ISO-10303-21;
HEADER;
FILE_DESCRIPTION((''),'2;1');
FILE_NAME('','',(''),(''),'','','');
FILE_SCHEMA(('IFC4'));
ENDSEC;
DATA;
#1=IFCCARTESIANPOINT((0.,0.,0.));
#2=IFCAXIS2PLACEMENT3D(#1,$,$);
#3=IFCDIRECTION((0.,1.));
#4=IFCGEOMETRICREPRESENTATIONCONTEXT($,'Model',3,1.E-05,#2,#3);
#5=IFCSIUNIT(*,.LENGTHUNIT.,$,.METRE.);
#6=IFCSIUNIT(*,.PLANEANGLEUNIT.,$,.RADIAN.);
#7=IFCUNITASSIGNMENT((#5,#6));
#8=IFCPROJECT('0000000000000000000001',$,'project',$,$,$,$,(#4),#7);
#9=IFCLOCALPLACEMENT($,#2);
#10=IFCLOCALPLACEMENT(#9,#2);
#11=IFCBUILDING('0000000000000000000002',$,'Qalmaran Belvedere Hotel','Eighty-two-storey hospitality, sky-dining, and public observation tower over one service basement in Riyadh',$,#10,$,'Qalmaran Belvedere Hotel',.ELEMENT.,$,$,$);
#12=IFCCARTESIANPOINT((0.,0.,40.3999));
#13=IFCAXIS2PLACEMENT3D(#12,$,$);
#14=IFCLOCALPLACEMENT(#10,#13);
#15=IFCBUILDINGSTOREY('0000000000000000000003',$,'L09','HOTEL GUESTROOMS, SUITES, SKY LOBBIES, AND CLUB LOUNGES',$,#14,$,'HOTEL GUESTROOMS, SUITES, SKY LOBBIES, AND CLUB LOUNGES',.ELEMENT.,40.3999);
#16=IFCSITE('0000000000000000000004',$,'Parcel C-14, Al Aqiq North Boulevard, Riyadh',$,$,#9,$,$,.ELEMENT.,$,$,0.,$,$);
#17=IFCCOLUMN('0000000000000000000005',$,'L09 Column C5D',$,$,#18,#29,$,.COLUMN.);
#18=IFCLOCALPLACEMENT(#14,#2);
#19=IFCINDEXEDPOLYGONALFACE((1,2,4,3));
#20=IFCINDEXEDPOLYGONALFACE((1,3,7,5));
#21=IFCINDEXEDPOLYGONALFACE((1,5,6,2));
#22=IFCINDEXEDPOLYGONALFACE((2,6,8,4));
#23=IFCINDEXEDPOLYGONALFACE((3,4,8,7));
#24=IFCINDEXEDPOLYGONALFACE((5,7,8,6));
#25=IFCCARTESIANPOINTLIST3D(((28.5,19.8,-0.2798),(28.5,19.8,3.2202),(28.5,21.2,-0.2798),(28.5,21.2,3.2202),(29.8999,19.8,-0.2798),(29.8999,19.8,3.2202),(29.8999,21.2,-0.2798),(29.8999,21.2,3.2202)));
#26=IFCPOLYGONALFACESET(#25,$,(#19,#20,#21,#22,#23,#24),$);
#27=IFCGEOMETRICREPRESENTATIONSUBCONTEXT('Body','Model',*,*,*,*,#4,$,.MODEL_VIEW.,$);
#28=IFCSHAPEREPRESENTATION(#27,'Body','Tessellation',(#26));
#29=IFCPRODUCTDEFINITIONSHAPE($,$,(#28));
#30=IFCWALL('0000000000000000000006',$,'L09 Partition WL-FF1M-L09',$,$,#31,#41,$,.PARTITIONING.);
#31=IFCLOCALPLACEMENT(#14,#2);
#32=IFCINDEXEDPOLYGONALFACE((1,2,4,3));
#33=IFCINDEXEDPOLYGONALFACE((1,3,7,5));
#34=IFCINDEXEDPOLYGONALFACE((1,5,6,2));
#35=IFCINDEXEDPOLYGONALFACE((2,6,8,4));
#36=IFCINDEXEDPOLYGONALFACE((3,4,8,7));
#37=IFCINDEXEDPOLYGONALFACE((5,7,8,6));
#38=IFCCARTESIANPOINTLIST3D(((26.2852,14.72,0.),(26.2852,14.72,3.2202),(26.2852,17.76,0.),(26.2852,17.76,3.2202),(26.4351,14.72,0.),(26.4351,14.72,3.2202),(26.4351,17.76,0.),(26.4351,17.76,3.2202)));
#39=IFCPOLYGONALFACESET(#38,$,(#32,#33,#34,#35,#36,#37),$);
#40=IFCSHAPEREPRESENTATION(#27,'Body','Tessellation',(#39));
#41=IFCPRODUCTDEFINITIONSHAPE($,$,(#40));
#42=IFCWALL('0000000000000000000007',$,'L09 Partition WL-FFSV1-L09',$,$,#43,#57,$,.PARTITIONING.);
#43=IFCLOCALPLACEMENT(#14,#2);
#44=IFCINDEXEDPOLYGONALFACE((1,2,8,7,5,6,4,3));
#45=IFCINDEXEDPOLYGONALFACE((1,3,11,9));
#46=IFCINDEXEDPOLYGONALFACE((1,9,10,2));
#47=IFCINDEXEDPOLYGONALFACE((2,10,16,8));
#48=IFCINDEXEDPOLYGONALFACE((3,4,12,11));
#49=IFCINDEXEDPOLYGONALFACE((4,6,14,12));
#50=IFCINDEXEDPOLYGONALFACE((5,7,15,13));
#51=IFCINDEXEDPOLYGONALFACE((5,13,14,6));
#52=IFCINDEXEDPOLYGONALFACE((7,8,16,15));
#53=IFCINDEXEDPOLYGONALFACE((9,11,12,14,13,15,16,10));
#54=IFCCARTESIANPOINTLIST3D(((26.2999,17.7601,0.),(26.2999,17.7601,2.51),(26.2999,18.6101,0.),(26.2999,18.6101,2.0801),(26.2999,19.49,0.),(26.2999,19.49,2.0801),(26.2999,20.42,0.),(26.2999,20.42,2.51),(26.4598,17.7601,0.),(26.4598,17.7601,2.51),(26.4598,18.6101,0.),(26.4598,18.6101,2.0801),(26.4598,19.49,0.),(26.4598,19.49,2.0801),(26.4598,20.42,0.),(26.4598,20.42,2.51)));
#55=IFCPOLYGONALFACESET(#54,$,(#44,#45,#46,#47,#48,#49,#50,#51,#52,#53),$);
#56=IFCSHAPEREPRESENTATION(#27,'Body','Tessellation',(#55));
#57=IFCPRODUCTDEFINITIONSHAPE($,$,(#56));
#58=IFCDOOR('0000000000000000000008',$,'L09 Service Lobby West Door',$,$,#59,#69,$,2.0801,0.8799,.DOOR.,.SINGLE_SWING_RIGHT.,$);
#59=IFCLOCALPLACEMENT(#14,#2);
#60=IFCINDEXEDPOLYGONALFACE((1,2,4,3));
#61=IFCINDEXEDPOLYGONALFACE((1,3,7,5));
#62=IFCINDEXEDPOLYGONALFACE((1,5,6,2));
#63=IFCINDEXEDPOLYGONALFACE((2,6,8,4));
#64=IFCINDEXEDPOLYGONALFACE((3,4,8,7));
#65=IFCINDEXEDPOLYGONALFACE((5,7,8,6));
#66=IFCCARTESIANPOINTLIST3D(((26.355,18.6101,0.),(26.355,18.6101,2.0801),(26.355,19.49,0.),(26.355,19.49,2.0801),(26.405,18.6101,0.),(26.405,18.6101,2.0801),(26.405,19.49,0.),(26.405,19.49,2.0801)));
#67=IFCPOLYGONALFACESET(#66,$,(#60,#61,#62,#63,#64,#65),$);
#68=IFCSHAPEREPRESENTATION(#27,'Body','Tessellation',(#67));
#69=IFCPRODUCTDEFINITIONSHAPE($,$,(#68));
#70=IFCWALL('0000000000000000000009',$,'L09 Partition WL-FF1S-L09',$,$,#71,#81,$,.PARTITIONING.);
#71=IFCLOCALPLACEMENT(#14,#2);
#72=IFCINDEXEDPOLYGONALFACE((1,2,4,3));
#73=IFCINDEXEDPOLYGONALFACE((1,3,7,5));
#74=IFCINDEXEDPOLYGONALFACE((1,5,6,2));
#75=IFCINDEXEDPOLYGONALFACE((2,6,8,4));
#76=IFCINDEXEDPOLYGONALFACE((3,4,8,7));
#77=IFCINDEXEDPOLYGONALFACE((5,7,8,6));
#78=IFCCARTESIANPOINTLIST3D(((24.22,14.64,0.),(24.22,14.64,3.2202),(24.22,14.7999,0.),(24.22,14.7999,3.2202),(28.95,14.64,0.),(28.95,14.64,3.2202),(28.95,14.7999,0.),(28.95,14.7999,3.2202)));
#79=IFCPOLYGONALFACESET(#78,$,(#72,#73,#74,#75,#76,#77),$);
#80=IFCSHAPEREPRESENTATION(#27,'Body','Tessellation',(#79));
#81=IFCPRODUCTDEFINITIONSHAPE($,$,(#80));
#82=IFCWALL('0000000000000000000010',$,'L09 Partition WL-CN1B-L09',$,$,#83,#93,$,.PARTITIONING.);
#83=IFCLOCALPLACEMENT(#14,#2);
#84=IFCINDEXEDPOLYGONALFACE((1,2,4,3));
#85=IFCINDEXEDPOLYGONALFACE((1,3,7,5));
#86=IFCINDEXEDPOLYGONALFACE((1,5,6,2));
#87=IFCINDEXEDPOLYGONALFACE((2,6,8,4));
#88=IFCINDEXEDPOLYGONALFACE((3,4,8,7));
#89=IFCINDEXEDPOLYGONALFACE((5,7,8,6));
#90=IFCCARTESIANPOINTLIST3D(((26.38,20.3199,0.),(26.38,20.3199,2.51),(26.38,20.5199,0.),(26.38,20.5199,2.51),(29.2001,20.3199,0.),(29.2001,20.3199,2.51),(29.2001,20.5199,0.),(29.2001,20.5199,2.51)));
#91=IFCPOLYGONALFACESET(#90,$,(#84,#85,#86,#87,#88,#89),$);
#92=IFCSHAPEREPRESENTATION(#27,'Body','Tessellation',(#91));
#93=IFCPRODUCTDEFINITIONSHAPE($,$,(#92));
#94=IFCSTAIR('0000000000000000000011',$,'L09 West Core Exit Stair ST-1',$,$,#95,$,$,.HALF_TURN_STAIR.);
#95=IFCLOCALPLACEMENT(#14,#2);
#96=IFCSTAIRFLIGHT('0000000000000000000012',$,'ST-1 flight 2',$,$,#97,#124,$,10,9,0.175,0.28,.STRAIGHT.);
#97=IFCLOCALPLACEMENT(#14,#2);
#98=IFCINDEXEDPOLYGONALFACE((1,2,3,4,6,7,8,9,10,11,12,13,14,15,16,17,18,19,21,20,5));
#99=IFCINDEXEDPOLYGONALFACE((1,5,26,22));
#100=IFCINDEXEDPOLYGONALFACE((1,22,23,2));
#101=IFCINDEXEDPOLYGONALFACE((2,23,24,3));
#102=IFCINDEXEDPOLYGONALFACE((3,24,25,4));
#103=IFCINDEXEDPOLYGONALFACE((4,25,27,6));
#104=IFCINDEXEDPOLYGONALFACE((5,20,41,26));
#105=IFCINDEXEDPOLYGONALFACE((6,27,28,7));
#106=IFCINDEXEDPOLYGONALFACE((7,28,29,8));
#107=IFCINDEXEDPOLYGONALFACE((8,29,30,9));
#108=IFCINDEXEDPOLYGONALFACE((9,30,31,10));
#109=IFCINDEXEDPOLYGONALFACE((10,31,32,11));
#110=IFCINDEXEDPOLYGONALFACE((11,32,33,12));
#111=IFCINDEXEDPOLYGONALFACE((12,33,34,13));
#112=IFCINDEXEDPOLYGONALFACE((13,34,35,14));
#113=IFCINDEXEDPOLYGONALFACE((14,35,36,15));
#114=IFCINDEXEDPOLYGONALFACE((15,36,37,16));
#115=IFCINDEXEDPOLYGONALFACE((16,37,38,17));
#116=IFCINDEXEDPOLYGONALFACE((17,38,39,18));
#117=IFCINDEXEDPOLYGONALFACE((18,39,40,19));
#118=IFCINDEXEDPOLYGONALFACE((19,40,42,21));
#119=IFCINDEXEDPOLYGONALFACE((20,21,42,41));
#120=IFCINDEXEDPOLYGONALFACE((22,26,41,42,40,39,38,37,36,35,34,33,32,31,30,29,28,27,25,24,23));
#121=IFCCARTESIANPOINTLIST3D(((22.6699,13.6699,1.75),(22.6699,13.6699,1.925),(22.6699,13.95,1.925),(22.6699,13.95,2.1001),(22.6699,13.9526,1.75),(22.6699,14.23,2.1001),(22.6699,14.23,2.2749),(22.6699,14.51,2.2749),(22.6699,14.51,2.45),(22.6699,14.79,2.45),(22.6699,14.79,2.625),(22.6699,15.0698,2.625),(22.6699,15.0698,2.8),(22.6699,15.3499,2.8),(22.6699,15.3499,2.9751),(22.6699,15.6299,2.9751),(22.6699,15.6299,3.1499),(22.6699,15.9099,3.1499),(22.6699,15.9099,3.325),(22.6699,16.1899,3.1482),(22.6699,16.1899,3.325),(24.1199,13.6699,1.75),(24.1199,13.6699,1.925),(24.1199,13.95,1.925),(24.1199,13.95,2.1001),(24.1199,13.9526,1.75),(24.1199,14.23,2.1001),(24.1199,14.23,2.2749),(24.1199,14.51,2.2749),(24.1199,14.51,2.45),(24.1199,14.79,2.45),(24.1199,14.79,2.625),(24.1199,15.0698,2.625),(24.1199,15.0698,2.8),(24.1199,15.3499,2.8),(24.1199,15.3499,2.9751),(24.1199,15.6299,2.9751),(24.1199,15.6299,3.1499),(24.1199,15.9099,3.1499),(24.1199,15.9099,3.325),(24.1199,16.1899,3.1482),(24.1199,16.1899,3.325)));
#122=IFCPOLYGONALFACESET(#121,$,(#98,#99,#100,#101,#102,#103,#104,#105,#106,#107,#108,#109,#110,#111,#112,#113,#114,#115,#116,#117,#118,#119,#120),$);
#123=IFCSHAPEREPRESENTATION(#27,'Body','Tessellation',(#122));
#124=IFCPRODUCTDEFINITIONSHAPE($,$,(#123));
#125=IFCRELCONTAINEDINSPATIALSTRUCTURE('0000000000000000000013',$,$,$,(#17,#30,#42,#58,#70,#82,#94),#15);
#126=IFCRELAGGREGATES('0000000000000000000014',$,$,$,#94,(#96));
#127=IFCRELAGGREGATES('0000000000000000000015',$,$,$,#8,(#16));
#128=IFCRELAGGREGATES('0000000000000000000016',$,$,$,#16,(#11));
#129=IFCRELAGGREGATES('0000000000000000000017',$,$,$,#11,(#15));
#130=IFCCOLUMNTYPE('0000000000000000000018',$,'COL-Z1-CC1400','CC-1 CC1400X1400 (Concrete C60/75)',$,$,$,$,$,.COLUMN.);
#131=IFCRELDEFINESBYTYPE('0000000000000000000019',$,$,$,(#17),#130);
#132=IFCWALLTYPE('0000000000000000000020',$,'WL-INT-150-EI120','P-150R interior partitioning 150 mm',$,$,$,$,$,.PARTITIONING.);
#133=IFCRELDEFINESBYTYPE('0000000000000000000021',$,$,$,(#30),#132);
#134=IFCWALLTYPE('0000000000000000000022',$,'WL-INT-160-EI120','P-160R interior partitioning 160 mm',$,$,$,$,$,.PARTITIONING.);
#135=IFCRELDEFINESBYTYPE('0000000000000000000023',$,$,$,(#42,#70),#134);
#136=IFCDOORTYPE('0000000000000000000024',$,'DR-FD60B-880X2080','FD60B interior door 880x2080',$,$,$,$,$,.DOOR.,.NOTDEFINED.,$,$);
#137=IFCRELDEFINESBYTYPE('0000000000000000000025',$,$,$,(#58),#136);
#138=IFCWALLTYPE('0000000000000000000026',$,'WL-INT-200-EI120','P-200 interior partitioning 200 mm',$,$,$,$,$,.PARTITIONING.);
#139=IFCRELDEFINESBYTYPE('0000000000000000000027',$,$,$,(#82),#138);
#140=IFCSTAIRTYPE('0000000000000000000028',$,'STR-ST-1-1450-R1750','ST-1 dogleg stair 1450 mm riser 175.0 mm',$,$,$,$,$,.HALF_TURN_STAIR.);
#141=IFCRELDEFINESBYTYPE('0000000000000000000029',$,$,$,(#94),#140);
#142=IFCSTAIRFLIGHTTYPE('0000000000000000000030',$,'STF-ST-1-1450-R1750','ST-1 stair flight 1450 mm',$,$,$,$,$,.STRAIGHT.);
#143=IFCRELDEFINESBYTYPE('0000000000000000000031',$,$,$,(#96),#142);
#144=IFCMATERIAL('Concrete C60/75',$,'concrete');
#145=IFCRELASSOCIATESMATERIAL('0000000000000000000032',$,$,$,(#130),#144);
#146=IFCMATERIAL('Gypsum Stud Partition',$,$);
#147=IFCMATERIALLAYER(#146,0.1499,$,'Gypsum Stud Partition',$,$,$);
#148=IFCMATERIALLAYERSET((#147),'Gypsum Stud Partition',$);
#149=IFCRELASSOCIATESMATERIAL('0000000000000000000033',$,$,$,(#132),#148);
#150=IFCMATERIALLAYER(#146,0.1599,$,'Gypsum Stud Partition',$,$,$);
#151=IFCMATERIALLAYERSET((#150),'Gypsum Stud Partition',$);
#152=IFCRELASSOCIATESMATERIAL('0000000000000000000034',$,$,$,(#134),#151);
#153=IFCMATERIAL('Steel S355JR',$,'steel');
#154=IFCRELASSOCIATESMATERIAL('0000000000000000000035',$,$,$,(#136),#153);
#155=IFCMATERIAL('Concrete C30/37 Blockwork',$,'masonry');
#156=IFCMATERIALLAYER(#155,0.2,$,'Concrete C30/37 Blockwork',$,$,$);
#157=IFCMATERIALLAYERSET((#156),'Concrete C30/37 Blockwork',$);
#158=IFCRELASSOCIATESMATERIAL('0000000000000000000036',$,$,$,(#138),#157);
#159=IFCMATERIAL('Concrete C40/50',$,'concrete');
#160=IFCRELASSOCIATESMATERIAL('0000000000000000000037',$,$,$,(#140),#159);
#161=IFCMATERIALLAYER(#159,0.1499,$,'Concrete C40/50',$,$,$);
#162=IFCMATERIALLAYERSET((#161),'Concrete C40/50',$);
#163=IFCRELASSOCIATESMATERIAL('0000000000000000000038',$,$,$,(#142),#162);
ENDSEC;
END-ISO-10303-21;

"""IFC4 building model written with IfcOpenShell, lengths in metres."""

from ifc_helpers import new_model, si_unit, direction, frame, frame_2d, origin, origin_2d, place, context, subcontext, project, spatial, polyline, rectangle, outline, extrude, material, layer, layer_set, material_profile, profile_set, type_object, element, fill, aggregate, save


model = new_model("IFC4")

# Units and contexts
model_context = context("Model", 3, precision=1e-05, world=origin(), true_north=direction((0.0, 1.0)))
body_context = subcontext(model_context, "Body", "Model", "MODEL_VIEW")
ifc_project = project(units=[si_unit("LENGTHUNIT", "METRE"), si_unit("PLANEANGLEUNIT", "RADIAN")], contexts=[model_context])

# Site, building, storey
site_placement = place(None, origin())
site = spatial("IfcSite", under=ifc_project, at=site_placement, Name="Parcel C-14, Al Aqiq North Boulevard, Riyadh", CompositionType="ELEMENT", RefElevation=0.0)
building_placement = place(site_placement, origin())
building = spatial("IfcBuilding", under=site, at=building_placement, Name="Qalmaran Belvedere Hotel", Description="Eighty-two-storey hospitality, sky-dining, and public observation tower over one service basement in Riyadh", LongName="Qalmaran Belvedere Hotel", CompositionType="ELEMENT")
storey_placement = place(building_placement, frame((0.0, 0.0, 40.3999)))
storey = spatial("IfcBuildingStorey", under=building, at=storey_placement, Name="L09", Description="HOTEL GUESTROOMS, SUITES, SKY LOBBIES, AND CLUB LOUNGES", LongName="HOTEL GUESTROOMS, SUITES, SKY LOBBIES, AND CLUB LOUNGES", CompositionType="ELEMENT", Elevation=40.3999)

# Column
ifc_material_1 = material(Name="Concrete C60/75", Category="concrete")
ifc_material_profile = material_profile(ifc_material_1, rectangle(XDim=1.3999, YDim=1.3999, at=origin_2d()), Name="CC1400X1400")
ifc_profile_set = profile_set([ifc_material_profile], Name="Concrete C60/75")
column_type = type_object("IfcColumnType", Name="COL-Z1-CC1400", Description="CC-1 CC1400X1400 (Concrete C60/75)", PredefinedType="COLUMN", material=ifc_profile_set)
column_placement = place(storey_placement, frame((29.2, 20.5, -0.2798), z_axis=(0.0, 0.0, 1.0), x_axis=(1.0, 0.0, 0.0)))
element("IfcColumn", 1, at=column_placement, inside=storey, type_object=column_type, Name="L09 Column C5D", PredefinedType="COLUMN", context=body_context, shape_type="SweptSolid", body=[
    extrude(rectangle(XDim=1.3999, YDim=1.3999, at=origin_2d()), origin(), (0.0, 0.0, 1.0), 3.5),
])

# Wall
ifc_material_2 = material(Name="Gypsum Stud Partition")
ifc_layer_1 = layer(ifc_material_2, 0.1499, Name="Gypsum Stud Partition")
ifc_layer_set_1 = layer_set([ifc_layer_1], Name="Gypsum Stud Partition")
wall_type_1 = type_object("IfcWallType", Name="WL-INT-150-EI120", Description="P-150R interior partitioning 150 mm", PredefinedType="PARTITIONING", material=ifc_layer_set_1)
wall_1_placement = place(storey_placement, frame((26.3601, 14.72, 0.0), z_axis=(0.0, 0.0, 1.0), x_axis=(0.0, 1.0, 0.0)))
element("IfcWall", 2, at=wall_1_placement, inside=storey, type_object=wall_type_1, Name="L09 Partition WL-FF1M-L09", PredefinedType="PARTITIONING", context=body_context, shape_type="SweptSolid", body=[
    extrude(rectangle(XDim=3.04, YDim=0.1499, at=frame_2d((1.52, 0.0))), origin(), (0.0, 0.0, 1.0), 3.2202),
])

# Wall, opening, door
ifc_layer_2 = layer(ifc_material_2, 0.1599, Name="Gypsum Stud Partition")
ifc_layer_set_2 = layer_set([ifc_layer_2], Name="Gypsum Stud Partition")
wall_type_2 = type_object("IfcWallType", Name="WL-INT-160-EI120", Description="P-160R interior partitioning 160 mm", PredefinedType="PARTITIONING", material=ifc_layer_set_2)
wall_2_placement = place(storey_placement, frame((26.3799, 17.76, 0.0), z_axis=(0.0, 0.0, 1.0), x_axis=(0.0, 1.0, 0.0)))
wall_2 = element("IfcWall", 3, at=wall_2_placement, inside=storey, type_object=wall_type_2, Name="L09 Partition WL-FFSV1-L09", PredefinedType="PARTITIONING", context=body_context, shape_type="SweptSolid", body=[
    extrude(rectangle(XDim=2.6599, YDim=0.1599, at=frame_2d((1.3301, 0.0))), origin(), (0.0, 0.0, 1.0), 2.51),
])
opening_1_placement = place(wall_2_placement, frame((0.8501, 0.0, 0.0)))
opening_1 = element("IfcOpeningElement", 4, at=opening_1_placement, cuts=wall_2, PredefinedType="OPENING", context=body_context, shape_type="SweptSolid", body=[
    extrude(rectangle(XDim=0.8799, YDim=2.0801, at=frame_2d((0.4399, 1.04))), frame((0.0, 0.0898, 0.0), z_axis=(0.0, -1.0, 0.0), x_axis=(1.0, 0.0, 0.0)), (0.0, 0.0, 1.0), 0.1799),
])
ifc_material_3 = material(Name="Steel S355JR", Category="steel")
door_type_1 = type_object("IfcDoorType", Name="DR-FD60B-880X2080", Description="FD60B interior door 880x2080", OperationType="NOTDEFINED", PredefinedType="DOOR", material=ifc_material_3)
door_1_placement = place(opening_1_placement, origin())
door_1 = element("IfcDoor", 5, at=door_1_placement, inside=storey, type_object=door_type_1, Name="L09 Service Lobby West Door", OperationType="SINGLE_SWING_RIGHT", OverallHeight=2.0801, OverallWidth=0.8799, PredefinedType="DOOR", context=body_context, shape_type="SweptSolid", body=[
    extrude(rectangle(XDim=0.8799, YDim=2.0801, at=frame_2d((0.4399, 1.04))), frame((0.0, 0.0249, 0.0), z_axis=(0.0, -1.0, 0.0), x_axis=(1.0, 0.0, 0.0)), (0.0, 0.0, 1.0), 0.05),
])
fill(opening_1, door_1)

# Walls
wall_3_placement = place(storey_placement, frame((24.22, 14.72, 0.0), z_axis=(0.0, 0.0, 1.0), x_axis=(1.0, 0.0, 0.0)))
element("IfcWall", 6, at=wall_3_placement, inside=storey, type_object=wall_type_2, Name="L09 Partition WL-FF1S-L09", PredefinedType="PARTITIONING", context=body_context, shape_type="SweptSolid", body=[
    extrude(rectangle(XDim=4.73, YDim=0.1599, at=frame_2d((2.365, 0.0))), origin(), (0.0, 0.0, 1.0), 3.2202),
])
ifc_material_4 = material(Name="Concrete C30/37 Blockwork", Category="masonry")
ifc_layer_3 = layer(ifc_material_4, 0.2, Name="Concrete C30/37 Blockwork")
ifc_layer_set_3 = layer_set([ifc_layer_3], Name="Concrete C30/37 Blockwork")
wall_type_3 = type_object("IfcWallType", Name="WL-INT-200-EI120", Description="P-200 interior partitioning 200 mm", PredefinedType="PARTITIONING", material=ifc_layer_set_3)
wall_4_placement = place(storey_placement, frame((26.3799, 20.4199, 0.0), z_axis=(0.0, 0.0, 1.0), x_axis=(1.0, 0.0, 0.0)))
element("IfcWall", 7, at=wall_4_placement, inside=storey, type_object=wall_type_3, Name="L09 Partition WL-CN1B-L09", PredefinedType="PARTITIONING", context=body_context, shape_type="SweptSolid", body=[
    extrude(rectangle(XDim=2.8201, YDim=0.2, at=frame_2d((1.4102, 0.0))), origin(), (0.0, 0.0, 1.0), 2.51),
])

# Stair, stair flight
ifc_material_5 = material(Name="Concrete C40/50", Category="concrete")
stair_type = type_object("IfcStairType", Name="STR-ST-1-1450-R1750", Description="ST-1 dogleg stair 1450 mm riser 175.0 mm", PredefinedType="HALF_TURN_STAIR", material=ifc_material_5)
stair_placement = place(storey_placement, origin())
stair = element("IfcStair", 8, at=stair_placement, inside=storey, type_object=stair_type, Name="L09 West Core Exit Stair ST-1", PredefinedType="HALF_TURN_STAIR")
ifc_layer_4 = layer(ifc_material_5, 0.1499, Name="Concrete C40/50")
ifc_layer_set_4 = layer_set([ifc_layer_4], Name="Concrete C40/50")
stair_flight_type = type_object("IfcStairFlightType", Name="STF-ST-1-1450-R1750", Description="ST-1 stair flight 1450 mm", PredefinedType="STRAIGHT", material=ifc_layer_set_4)
stair_flight_placement = place(storey_placement, frame((23.395, 13.6699, 1.75), z_axis=(0.0, 0.0, 1.0), x_axis=(0.0, 1.0, 0.0)))
stair_flight = element("IfcStairFlight", 9, at=stair_flight_placement, type_object=stair_flight_type, Name="ST-1 flight 2", NumberOfRisers=10, NumberOfTreads=9, PredefinedType="STRAIGHT", RiserHeight=0.175, TreadLength=0.28, context=body_context, shape_type="SweptSolid", body=[
    extrude(outline(polyline([(0.0, 0.0), (0.0, 0.175), (0.28, 0.175), (0.28, 0.3501), (0.5601, 0.3501), (0.5601, 0.5249), (0.8401, 0.5249), (0.8401, 0.7), (1.1201, 0.7), (1.1201, 0.875), (1.3999, 0.875), (1.3999, 1.05), (1.6799, 1.05), (1.6799, 1.2251), (1.96, 1.2251), (1.96, 1.3999), (2.24, 1.3999), (2.24, 1.575), (2.52, 1.575), (2.52, 1.75), (2.52, 1.3982), (0.2827, 0.0), (0.0, 0.0)])), frame((0.0, 0.7251, 0.0), z_axis=(0.0, -1.0, 0.0), x_axis=(1.0, 0.0, 0.0)), (0.0, 0.0, 1.0), 1.45),
])
aggregate(stair, [stair_flight])

save(model, "model.ifc")
